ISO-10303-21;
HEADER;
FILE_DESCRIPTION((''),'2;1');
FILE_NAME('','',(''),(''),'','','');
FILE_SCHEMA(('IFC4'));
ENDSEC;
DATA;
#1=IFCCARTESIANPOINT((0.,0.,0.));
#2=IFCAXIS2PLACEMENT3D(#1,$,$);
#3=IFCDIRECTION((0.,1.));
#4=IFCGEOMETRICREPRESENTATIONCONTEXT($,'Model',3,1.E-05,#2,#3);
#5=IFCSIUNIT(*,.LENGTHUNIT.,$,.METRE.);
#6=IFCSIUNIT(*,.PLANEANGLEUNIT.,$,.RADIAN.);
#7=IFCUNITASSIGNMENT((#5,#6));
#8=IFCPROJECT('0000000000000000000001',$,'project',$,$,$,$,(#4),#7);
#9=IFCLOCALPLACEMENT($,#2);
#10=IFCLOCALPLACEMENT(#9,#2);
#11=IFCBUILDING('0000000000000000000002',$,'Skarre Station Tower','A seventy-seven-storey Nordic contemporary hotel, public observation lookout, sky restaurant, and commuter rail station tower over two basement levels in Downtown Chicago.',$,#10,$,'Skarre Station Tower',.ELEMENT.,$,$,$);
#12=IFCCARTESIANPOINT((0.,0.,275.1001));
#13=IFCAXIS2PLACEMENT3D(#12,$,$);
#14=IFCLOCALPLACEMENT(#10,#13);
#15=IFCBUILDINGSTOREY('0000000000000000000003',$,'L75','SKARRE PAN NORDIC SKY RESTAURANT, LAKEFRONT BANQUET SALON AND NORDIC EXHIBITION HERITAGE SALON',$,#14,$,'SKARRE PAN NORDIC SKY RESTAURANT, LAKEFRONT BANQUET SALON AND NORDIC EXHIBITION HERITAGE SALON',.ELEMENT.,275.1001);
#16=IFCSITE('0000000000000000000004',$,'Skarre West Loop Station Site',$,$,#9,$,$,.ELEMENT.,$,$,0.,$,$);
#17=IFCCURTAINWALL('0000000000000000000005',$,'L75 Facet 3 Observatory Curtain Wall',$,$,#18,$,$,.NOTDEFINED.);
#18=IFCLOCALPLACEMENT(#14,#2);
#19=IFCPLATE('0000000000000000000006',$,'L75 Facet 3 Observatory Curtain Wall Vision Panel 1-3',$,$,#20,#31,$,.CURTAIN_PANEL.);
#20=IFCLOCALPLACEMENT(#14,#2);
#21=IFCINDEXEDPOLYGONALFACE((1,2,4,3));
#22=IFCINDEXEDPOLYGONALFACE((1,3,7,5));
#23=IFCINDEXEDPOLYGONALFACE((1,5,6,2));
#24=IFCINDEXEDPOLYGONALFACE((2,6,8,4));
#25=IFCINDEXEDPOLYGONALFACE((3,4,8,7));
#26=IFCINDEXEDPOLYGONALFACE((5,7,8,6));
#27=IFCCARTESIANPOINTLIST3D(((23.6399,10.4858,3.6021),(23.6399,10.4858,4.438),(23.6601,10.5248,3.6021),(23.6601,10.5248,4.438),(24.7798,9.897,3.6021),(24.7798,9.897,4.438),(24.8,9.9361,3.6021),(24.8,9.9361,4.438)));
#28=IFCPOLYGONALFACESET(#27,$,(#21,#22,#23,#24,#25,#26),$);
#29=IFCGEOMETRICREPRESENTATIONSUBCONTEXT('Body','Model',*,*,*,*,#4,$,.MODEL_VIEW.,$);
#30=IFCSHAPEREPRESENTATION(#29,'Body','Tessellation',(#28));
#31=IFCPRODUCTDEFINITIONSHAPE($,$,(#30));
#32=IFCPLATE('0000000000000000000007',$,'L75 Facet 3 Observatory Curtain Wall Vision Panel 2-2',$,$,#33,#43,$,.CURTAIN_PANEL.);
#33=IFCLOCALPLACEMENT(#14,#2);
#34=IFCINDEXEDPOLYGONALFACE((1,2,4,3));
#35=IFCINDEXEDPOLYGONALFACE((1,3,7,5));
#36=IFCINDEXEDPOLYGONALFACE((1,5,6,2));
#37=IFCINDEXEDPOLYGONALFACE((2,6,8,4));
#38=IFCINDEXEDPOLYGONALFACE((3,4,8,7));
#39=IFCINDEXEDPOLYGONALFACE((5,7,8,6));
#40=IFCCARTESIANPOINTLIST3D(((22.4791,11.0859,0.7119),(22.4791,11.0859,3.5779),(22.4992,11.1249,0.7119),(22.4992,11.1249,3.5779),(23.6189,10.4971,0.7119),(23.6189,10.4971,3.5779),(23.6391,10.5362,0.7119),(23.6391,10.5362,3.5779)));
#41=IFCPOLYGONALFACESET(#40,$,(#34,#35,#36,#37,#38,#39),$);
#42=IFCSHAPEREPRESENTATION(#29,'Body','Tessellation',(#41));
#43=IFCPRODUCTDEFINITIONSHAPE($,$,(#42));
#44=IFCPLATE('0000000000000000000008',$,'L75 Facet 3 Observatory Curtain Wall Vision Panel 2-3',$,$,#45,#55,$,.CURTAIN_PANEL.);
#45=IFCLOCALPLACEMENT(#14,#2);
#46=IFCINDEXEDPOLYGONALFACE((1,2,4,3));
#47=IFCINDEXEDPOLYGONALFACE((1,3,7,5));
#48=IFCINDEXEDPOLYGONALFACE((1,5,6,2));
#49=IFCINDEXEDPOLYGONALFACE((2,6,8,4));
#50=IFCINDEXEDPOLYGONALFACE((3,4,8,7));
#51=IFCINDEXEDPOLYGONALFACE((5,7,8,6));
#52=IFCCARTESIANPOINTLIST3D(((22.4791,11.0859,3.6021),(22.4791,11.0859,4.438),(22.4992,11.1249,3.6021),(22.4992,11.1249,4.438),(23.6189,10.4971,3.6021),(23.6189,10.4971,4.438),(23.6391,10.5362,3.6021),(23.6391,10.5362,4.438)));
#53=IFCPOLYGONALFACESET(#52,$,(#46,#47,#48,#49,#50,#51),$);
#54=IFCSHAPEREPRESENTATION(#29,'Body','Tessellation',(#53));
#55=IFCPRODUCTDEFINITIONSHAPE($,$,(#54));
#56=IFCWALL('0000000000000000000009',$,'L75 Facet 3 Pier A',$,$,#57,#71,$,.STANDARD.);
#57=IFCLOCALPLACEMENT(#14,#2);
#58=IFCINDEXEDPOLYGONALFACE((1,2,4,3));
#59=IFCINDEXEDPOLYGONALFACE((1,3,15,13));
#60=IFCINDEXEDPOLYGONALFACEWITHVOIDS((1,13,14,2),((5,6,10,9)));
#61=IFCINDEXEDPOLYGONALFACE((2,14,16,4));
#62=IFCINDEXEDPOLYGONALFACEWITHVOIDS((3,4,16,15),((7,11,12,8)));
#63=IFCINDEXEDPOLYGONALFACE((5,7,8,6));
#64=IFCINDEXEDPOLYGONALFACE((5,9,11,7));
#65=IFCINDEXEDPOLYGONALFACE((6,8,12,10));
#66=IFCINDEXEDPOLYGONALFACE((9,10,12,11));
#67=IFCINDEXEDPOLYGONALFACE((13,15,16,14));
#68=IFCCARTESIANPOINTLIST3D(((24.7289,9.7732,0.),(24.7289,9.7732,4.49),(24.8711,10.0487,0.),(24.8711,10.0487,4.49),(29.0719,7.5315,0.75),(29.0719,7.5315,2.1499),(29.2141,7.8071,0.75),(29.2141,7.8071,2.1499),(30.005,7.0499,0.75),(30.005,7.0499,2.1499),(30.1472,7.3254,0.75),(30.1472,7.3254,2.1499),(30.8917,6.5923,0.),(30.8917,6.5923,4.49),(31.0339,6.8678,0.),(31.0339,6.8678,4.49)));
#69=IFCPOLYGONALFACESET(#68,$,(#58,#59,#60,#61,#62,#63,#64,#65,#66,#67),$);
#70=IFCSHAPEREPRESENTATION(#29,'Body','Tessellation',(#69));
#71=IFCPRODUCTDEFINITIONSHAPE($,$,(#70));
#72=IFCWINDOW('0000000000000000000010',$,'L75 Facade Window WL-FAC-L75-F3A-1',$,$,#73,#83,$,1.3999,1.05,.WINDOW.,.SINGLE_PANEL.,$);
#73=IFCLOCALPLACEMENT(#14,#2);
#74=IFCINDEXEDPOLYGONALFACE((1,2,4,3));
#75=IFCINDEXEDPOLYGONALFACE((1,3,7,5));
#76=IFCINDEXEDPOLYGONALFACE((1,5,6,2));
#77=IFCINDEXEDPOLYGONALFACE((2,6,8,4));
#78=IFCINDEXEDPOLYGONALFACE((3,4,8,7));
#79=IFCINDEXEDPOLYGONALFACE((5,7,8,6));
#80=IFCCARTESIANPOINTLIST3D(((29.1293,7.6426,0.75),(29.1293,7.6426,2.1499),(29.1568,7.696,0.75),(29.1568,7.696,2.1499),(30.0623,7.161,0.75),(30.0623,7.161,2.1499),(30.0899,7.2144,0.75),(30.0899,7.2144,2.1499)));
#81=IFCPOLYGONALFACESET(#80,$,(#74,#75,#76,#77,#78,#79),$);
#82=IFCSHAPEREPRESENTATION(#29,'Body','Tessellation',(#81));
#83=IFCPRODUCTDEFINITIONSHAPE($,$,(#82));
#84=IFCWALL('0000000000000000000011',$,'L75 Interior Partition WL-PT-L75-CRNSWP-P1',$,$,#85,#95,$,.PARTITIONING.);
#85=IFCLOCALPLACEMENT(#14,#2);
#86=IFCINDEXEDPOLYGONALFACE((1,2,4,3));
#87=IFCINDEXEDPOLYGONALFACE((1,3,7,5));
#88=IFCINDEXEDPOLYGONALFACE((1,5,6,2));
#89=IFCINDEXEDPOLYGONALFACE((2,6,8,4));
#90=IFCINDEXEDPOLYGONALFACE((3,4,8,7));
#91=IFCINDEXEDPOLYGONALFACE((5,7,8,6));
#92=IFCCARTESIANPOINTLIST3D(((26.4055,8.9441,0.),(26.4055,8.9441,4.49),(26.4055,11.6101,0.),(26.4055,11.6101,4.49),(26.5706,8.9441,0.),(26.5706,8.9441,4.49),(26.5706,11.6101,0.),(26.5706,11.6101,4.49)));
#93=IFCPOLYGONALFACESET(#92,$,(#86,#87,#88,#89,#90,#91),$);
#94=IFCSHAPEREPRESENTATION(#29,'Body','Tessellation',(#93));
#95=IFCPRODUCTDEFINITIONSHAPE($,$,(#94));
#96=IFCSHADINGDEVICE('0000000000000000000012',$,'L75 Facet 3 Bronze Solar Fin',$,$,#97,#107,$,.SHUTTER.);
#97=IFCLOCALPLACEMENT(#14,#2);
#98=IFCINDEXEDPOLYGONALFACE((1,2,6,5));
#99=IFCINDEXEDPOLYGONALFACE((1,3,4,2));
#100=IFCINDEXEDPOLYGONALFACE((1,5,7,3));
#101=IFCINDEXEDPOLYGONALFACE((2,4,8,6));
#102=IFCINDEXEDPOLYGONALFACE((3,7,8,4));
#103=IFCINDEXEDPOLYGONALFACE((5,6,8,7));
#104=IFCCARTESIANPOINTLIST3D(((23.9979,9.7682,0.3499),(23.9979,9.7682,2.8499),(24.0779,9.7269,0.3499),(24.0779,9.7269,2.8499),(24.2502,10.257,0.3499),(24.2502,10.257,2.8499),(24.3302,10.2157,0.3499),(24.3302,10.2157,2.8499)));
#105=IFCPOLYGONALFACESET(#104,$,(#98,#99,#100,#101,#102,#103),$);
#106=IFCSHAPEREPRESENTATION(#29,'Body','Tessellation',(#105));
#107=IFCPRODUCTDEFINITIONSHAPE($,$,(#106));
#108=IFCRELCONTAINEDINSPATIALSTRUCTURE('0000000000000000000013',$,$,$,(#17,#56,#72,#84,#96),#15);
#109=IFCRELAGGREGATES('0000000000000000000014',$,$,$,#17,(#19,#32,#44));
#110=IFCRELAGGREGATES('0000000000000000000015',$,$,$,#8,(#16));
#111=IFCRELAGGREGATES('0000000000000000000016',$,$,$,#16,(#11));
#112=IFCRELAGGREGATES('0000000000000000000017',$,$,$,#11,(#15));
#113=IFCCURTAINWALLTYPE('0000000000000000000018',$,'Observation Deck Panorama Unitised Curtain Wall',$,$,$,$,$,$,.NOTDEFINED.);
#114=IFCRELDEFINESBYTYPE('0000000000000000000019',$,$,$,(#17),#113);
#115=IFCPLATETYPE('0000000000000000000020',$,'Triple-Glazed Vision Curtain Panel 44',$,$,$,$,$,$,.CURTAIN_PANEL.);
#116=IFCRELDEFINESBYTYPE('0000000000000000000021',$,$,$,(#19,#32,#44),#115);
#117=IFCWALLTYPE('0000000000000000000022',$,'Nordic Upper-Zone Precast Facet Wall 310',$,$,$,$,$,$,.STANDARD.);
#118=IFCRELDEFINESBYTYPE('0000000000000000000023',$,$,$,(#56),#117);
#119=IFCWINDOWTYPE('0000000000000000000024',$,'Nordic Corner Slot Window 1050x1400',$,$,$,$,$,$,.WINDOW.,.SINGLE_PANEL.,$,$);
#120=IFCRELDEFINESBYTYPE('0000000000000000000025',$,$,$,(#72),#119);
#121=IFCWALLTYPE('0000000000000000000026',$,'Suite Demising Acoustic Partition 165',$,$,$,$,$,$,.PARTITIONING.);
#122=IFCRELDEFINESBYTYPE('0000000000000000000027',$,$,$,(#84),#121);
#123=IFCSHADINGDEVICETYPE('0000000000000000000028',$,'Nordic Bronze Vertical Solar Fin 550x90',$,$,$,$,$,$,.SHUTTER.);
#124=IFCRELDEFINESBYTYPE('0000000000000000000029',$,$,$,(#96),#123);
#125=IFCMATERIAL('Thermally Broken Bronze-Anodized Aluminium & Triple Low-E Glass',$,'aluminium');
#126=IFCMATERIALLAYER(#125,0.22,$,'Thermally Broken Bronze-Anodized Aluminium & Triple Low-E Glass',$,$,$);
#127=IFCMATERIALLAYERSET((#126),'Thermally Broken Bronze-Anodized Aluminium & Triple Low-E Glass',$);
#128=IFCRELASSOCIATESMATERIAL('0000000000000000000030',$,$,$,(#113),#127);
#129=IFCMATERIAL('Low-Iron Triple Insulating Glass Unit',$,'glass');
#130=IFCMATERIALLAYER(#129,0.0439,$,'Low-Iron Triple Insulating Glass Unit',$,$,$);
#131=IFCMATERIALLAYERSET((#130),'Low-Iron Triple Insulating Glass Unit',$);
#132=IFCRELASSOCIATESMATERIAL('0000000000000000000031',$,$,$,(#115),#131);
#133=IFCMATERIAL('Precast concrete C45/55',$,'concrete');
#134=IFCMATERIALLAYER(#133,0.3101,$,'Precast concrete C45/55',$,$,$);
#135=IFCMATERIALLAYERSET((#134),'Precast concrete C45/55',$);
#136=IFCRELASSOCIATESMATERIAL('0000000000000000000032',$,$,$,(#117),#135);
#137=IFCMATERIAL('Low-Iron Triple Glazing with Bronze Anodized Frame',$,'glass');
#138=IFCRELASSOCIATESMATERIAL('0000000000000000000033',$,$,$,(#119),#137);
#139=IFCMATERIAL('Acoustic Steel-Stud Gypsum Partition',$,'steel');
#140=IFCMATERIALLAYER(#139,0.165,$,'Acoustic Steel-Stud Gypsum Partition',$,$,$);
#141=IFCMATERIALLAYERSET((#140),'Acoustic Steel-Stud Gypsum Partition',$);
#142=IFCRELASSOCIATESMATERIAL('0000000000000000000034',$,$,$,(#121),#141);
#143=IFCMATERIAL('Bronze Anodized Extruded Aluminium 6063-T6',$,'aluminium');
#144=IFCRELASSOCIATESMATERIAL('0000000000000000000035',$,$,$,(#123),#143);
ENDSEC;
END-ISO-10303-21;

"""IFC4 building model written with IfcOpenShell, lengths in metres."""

from ifc_helpers import new_model, si_unit, direction, frame, frame_2d, origin, origin_2d, place, context, subcontext, project, spatial, rectangle, extrude, material, layer, layer_set, type_object, element, fill, aggregate, save


model = new_model("IFC4")

# Units and contexts
model_context = context("Model", 3, precision=1e-05, world=origin(), true_north=direction((0.0, 1.0)))
body_context = subcontext(model_context, "Body", "Model", "MODEL_VIEW")
ifc_project = project(units=[si_unit("LENGTHUNIT", "METRE"), si_unit("PLANEANGLEUNIT", "RADIAN")], contexts=[model_context])

# Site, building, storey
site_placement = place(None, origin())
site = spatial("IfcSite", under=ifc_project, at=site_placement, Name="Skarre West Loop Station Site", CompositionType="ELEMENT", RefElevation=0.0)
building_placement = place(site_placement, origin())
building = spatial("IfcBuilding", under=site, at=building_placement, Name="Skarre Station Tower", Description="A seventy-seven-storey Nordic contemporary hotel, public observation lookout, sky restaurant, and commuter rail station tower over two basement levels in Downtown Chicago.", LongName="Skarre Station Tower", CompositionType="ELEMENT")
storey_placement = place(building_placement, frame((0.0, 0.0, 275.1001)))
storey = spatial("IfcBuildingStorey", under=building, at=storey_placement, Name="L75", Description="SKARRE PAN NORDIC SKY RESTAURANT, LAKEFRONT BANQUET SALON AND NORDIC EXHIBITION HERITAGE SALON", LongName="SKARRE PAN NORDIC SKY RESTAURANT, LAKEFRONT BANQUET SALON AND NORDIC EXHIBITION HERITAGE SALON", CompositionType="ELEMENT", Elevation=275.1001)

# Curtain wall
ifc_material_1 = material(Name="Thermally Broken Bronze-Anodized Aluminium & Triple Low-E Glass", Category="aluminium")
ifc_layer_1 = layer(ifc_material_1, 0.22, Name="Thermally Broken Bronze-Anodized Aluminium & Triple Low-E Glass")
ifc_layer_set_1 = layer_set([ifc_layer_1], Name="Thermally Broken Bronze-Anodized Aluminium & Triple Low-E Glass")
curtain_wall_type = type_object("IfcCurtainWallType", Name="Observation Deck Panorama Unitised Curtain Wall", PredefinedType="NOTDEFINED", material=ifc_layer_set_1)
curtain_wall_placement = place(storey_placement, origin())
curtain_wall = element("IfcCurtainWall", 1, at=curtain_wall_placement, inside=storey, type_object=curtain_wall_type, Name="L75 Facet 3 Observatory Curtain Wall", PredefinedType="NOTDEFINED")

# Plates
ifc_material_2 = material(Name="Low-Iron Triple Insulating Glass Unit", Category="glass")
ifc_layer_2 = layer(ifc_material_2, 0.0439, Name="Low-Iron Triple Insulating Glass Unit")
ifc_layer_set_2 = layer_set([ifc_layer_2], Name="Low-Iron Triple Insulating Glass Unit")
plate_type_1 = type_object("IfcPlateType", Name="Triple-Glazed Vision Curtain Panel 44", PredefinedType="CURTAIN_PANEL", material=ifc_layer_set_2)
plate_1_placement = place(storey_placement, frame((24.22, 10.2109, 3.6021), z_axis=(0.0, 0.0, 1.0), x_axis=(-0.888481, 0.458913, 0.0)))
plate_1 = element("IfcPlate", 2, at=plate_1_placement, type_object=plate_type_1, Name="L75 Facet 3 Observatory Curtain Wall Vision Panel 1-3", PredefinedType="CURTAIN_PANEL", context=body_context, shape_type="SweptSolid", body=[
    extrude(rectangle(XDim=1.283, YDim=0.0439, at=origin_2d()), origin(), (0.0, 0.0, 1.0), 0.8359),
])
plate_2_placement = place(storey_placement, frame((23.0591, 10.811, 0.7119), z_axis=(0.0, 0.0, 1.0), x_axis=(-0.888481, 0.458913, 0.0)))
plate_2 = element("IfcPlate", 3, at=plate_2_placement, type_object=plate_type_1, Name="L75 Facet 3 Observatory Curtain Wall Vision Panel 2-2", PredefinedType="CURTAIN_PANEL", context=body_context, shape_type="SweptSolid", body=[
    extrude(rectangle(XDim=1.283, YDim=0.0439, at=origin_2d()), origin(), (0.0, 0.0, 1.0), 2.866),
])
plate_3_placement = place(storey_placement, frame((23.0591, 10.811, 3.6021), z_axis=(0.0, 0.0, 1.0), x_axis=(-0.888481, 0.458913, 0.0)))
plate_3 = element("IfcPlate", 4, at=plate_3_placement, type_object=plate_type_1, Name="L75 Facet 3 Observatory Curtain Wall Vision Panel 2-3", PredefinedType="CURTAIN_PANEL", context=body_context, shape_type="SweptSolid", body=[
    extrude(rectangle(XDim=1.283, YDim=0.0439, at=origin_2d()), origin(), (0.0, 0.0, 1.0), 0.8359),
])
aggregate(curtain_wall, [plate_1, plate_2, plate_3])

# Wall, opening, window
ifc_material_3 = material(Name="Precast concrete C45/55", Category="concrete")
ifc_layer_3 = layer(ifc_material_3, 0.3101, Name="Precast concrete C45/55")
ifc_layer_set_3 = layer_set([ifc_layer_3], Name="Precast concrete C45/55")
wall_type_1 = type_object("IfcWallType", Name="Nordic Upper-Zone Precast Facet Wall 310", PredefinedType="STANDARD", material=ifc_layer_set_3)
wall_1_placement = place(storey_placement, frame((30.9629, 6.73, 0.0), z_axis=(0.0, 0.0, 1.0), x_axis=(-0.888616, 0.458653, 0.0)))
wall_1 = element("IfcWall", 5, at=wall_1_placement, inside=storey, type_object=wall_type_1, Name="L75 Facet 3 Pier A", PredefinedType="STANDARD", context=body_context, shape_type="SweptSolid", body=[
    extrude(rectangle(XDim=6.9353, YDim=0.3101, at=frame_2d((3.4678, 0.0))), origin(), (0.0, 0.0, 1.0), 4.49),
])
opening_placement = place(wall_1_placement, frame((0.998, 0.0, 0.75)))
opening = element("IfcOpeningElement", 6, at=opening_placement, cuts=wall_1, PredefinedType="OPENING", context=body_context, shape_type="SweptSolid", body=[
    extrude(rectangle(XDim=1.05, YDim=1.3999, at=frame_2d((0.5249, 0.7))), frame((0.0, 0.165, 0.0), z_axis=(0.0, -1.0, 0.0), x_axis=(1.0, 0.0, 0.0)), (0.0, 0.0, 1.0), 0.3301),
])
ifc_material_4 = material(Name="Low-Iron Triple Glazing with Bronze Anodized Frame", Category="glass")
window_type = type_object("IfcWindowType", Name="Nordic Corner Slot Window 1050x1400", PartitioningType="SINGLE_PANEL", PredefinedType="WINDOW", material=ifc_material_4)
window_placement = place(opening_placement, origin())
window = element("IfcWindow", 7, at=window_placement, inside=storey, type_object=window_type, Name="L75 Facade Window WL-FAC-L75-F3A-1", OverallHeight=1.3999, OverallWidth=1.05, PartitioningType="SINGLE_PANEL", PredefinedType="WINDOW", context=body_context, shape_type="SweptSolid", body=[
    extrude(rectangle(XDim=1.05, YDim=1.3999, at=frame_2d((0.5249, 0.7))), frame((0.0, 0.03, 0.0), z_axis=(0.0, -1.0, 0.0), x_axis=(1.0, 0.0, 0.0)), (0.0, 0.0, 1.0), 0.0601),
])
fill(opening, window)

# Wall
ifc_material_5 = material(Name="Acoustic Steel-Stud Gypsum Partition", Category="steel")
ifc_layer_4 = layer(ifc_material_5, 0.165, Name="Acoustic Steel-Stud Gypsum Partition")
ifc_layer_set_4 = layer_set([ifc_layer_4], Name="Acoustic Steel-Stud Gypsum Partition")
wall_type_2 = type_object("IfcWallType", Name="Suite Demising Acoustic Partition 165", PredefinedType="PARTITIONING", material=ifc_layer_set_4)
wall_2_placement = place(storey_placement, frame((26.488, 8.9441, 0.0), z_axis=(0.0, 0.0, 1.0), x_axis=(0.0, 1.0, 0.0)))
element("IfcWall", 8, at=wall_2_placement, inside=storey, type_object=wall_type_2, Name="L75 Interior Partition WL-PT-L75-CRNSWP-P1", PredefinedType="PARTITIONING", context=body_context, shape_type="SweptSolid", body=[
    extrude(rectangle(XDim=2.666, YDim=0.165, at=frame_2d((1.333, 0.0))), origin(), (0.0, 0.0, 1.0), 4.49),
])

# Shading device
ifc_material_6 = material(Name="Bronze Anodized Extruded Aluminium 6063-T6", Category="aluminium")
shading_device_type = type_object("IfcShadingDeviceType", Name="Nordic Bronze Vertical Solar Fin 550x90", PredefinedType="SHUTTER", material=ifc_material_6)
shading_device_placement = place(storey_placement, frame((24.1641, 9.9919, 0.3499), z_axis=(0.0, 0.0, 1.0), x_axis=(-0.458712, -0.888585, 0.0)))
element("IfcShadingDevice", 9, at=shading_device_placement, inside=storey, type_object=shading_device_type, Name="L75 Facet 3 Bronze Solar Fin", PredefinedType="SHUTTER", context=body_context, shape_type="SweptSolid", body=[
    extrude(rectangle(XDim=0.55, YDim=0.0901, at=origin_2d()), origin(), (0.0, 0.0, 1.0), 2.5),
])

save(model, "model.ifc")
